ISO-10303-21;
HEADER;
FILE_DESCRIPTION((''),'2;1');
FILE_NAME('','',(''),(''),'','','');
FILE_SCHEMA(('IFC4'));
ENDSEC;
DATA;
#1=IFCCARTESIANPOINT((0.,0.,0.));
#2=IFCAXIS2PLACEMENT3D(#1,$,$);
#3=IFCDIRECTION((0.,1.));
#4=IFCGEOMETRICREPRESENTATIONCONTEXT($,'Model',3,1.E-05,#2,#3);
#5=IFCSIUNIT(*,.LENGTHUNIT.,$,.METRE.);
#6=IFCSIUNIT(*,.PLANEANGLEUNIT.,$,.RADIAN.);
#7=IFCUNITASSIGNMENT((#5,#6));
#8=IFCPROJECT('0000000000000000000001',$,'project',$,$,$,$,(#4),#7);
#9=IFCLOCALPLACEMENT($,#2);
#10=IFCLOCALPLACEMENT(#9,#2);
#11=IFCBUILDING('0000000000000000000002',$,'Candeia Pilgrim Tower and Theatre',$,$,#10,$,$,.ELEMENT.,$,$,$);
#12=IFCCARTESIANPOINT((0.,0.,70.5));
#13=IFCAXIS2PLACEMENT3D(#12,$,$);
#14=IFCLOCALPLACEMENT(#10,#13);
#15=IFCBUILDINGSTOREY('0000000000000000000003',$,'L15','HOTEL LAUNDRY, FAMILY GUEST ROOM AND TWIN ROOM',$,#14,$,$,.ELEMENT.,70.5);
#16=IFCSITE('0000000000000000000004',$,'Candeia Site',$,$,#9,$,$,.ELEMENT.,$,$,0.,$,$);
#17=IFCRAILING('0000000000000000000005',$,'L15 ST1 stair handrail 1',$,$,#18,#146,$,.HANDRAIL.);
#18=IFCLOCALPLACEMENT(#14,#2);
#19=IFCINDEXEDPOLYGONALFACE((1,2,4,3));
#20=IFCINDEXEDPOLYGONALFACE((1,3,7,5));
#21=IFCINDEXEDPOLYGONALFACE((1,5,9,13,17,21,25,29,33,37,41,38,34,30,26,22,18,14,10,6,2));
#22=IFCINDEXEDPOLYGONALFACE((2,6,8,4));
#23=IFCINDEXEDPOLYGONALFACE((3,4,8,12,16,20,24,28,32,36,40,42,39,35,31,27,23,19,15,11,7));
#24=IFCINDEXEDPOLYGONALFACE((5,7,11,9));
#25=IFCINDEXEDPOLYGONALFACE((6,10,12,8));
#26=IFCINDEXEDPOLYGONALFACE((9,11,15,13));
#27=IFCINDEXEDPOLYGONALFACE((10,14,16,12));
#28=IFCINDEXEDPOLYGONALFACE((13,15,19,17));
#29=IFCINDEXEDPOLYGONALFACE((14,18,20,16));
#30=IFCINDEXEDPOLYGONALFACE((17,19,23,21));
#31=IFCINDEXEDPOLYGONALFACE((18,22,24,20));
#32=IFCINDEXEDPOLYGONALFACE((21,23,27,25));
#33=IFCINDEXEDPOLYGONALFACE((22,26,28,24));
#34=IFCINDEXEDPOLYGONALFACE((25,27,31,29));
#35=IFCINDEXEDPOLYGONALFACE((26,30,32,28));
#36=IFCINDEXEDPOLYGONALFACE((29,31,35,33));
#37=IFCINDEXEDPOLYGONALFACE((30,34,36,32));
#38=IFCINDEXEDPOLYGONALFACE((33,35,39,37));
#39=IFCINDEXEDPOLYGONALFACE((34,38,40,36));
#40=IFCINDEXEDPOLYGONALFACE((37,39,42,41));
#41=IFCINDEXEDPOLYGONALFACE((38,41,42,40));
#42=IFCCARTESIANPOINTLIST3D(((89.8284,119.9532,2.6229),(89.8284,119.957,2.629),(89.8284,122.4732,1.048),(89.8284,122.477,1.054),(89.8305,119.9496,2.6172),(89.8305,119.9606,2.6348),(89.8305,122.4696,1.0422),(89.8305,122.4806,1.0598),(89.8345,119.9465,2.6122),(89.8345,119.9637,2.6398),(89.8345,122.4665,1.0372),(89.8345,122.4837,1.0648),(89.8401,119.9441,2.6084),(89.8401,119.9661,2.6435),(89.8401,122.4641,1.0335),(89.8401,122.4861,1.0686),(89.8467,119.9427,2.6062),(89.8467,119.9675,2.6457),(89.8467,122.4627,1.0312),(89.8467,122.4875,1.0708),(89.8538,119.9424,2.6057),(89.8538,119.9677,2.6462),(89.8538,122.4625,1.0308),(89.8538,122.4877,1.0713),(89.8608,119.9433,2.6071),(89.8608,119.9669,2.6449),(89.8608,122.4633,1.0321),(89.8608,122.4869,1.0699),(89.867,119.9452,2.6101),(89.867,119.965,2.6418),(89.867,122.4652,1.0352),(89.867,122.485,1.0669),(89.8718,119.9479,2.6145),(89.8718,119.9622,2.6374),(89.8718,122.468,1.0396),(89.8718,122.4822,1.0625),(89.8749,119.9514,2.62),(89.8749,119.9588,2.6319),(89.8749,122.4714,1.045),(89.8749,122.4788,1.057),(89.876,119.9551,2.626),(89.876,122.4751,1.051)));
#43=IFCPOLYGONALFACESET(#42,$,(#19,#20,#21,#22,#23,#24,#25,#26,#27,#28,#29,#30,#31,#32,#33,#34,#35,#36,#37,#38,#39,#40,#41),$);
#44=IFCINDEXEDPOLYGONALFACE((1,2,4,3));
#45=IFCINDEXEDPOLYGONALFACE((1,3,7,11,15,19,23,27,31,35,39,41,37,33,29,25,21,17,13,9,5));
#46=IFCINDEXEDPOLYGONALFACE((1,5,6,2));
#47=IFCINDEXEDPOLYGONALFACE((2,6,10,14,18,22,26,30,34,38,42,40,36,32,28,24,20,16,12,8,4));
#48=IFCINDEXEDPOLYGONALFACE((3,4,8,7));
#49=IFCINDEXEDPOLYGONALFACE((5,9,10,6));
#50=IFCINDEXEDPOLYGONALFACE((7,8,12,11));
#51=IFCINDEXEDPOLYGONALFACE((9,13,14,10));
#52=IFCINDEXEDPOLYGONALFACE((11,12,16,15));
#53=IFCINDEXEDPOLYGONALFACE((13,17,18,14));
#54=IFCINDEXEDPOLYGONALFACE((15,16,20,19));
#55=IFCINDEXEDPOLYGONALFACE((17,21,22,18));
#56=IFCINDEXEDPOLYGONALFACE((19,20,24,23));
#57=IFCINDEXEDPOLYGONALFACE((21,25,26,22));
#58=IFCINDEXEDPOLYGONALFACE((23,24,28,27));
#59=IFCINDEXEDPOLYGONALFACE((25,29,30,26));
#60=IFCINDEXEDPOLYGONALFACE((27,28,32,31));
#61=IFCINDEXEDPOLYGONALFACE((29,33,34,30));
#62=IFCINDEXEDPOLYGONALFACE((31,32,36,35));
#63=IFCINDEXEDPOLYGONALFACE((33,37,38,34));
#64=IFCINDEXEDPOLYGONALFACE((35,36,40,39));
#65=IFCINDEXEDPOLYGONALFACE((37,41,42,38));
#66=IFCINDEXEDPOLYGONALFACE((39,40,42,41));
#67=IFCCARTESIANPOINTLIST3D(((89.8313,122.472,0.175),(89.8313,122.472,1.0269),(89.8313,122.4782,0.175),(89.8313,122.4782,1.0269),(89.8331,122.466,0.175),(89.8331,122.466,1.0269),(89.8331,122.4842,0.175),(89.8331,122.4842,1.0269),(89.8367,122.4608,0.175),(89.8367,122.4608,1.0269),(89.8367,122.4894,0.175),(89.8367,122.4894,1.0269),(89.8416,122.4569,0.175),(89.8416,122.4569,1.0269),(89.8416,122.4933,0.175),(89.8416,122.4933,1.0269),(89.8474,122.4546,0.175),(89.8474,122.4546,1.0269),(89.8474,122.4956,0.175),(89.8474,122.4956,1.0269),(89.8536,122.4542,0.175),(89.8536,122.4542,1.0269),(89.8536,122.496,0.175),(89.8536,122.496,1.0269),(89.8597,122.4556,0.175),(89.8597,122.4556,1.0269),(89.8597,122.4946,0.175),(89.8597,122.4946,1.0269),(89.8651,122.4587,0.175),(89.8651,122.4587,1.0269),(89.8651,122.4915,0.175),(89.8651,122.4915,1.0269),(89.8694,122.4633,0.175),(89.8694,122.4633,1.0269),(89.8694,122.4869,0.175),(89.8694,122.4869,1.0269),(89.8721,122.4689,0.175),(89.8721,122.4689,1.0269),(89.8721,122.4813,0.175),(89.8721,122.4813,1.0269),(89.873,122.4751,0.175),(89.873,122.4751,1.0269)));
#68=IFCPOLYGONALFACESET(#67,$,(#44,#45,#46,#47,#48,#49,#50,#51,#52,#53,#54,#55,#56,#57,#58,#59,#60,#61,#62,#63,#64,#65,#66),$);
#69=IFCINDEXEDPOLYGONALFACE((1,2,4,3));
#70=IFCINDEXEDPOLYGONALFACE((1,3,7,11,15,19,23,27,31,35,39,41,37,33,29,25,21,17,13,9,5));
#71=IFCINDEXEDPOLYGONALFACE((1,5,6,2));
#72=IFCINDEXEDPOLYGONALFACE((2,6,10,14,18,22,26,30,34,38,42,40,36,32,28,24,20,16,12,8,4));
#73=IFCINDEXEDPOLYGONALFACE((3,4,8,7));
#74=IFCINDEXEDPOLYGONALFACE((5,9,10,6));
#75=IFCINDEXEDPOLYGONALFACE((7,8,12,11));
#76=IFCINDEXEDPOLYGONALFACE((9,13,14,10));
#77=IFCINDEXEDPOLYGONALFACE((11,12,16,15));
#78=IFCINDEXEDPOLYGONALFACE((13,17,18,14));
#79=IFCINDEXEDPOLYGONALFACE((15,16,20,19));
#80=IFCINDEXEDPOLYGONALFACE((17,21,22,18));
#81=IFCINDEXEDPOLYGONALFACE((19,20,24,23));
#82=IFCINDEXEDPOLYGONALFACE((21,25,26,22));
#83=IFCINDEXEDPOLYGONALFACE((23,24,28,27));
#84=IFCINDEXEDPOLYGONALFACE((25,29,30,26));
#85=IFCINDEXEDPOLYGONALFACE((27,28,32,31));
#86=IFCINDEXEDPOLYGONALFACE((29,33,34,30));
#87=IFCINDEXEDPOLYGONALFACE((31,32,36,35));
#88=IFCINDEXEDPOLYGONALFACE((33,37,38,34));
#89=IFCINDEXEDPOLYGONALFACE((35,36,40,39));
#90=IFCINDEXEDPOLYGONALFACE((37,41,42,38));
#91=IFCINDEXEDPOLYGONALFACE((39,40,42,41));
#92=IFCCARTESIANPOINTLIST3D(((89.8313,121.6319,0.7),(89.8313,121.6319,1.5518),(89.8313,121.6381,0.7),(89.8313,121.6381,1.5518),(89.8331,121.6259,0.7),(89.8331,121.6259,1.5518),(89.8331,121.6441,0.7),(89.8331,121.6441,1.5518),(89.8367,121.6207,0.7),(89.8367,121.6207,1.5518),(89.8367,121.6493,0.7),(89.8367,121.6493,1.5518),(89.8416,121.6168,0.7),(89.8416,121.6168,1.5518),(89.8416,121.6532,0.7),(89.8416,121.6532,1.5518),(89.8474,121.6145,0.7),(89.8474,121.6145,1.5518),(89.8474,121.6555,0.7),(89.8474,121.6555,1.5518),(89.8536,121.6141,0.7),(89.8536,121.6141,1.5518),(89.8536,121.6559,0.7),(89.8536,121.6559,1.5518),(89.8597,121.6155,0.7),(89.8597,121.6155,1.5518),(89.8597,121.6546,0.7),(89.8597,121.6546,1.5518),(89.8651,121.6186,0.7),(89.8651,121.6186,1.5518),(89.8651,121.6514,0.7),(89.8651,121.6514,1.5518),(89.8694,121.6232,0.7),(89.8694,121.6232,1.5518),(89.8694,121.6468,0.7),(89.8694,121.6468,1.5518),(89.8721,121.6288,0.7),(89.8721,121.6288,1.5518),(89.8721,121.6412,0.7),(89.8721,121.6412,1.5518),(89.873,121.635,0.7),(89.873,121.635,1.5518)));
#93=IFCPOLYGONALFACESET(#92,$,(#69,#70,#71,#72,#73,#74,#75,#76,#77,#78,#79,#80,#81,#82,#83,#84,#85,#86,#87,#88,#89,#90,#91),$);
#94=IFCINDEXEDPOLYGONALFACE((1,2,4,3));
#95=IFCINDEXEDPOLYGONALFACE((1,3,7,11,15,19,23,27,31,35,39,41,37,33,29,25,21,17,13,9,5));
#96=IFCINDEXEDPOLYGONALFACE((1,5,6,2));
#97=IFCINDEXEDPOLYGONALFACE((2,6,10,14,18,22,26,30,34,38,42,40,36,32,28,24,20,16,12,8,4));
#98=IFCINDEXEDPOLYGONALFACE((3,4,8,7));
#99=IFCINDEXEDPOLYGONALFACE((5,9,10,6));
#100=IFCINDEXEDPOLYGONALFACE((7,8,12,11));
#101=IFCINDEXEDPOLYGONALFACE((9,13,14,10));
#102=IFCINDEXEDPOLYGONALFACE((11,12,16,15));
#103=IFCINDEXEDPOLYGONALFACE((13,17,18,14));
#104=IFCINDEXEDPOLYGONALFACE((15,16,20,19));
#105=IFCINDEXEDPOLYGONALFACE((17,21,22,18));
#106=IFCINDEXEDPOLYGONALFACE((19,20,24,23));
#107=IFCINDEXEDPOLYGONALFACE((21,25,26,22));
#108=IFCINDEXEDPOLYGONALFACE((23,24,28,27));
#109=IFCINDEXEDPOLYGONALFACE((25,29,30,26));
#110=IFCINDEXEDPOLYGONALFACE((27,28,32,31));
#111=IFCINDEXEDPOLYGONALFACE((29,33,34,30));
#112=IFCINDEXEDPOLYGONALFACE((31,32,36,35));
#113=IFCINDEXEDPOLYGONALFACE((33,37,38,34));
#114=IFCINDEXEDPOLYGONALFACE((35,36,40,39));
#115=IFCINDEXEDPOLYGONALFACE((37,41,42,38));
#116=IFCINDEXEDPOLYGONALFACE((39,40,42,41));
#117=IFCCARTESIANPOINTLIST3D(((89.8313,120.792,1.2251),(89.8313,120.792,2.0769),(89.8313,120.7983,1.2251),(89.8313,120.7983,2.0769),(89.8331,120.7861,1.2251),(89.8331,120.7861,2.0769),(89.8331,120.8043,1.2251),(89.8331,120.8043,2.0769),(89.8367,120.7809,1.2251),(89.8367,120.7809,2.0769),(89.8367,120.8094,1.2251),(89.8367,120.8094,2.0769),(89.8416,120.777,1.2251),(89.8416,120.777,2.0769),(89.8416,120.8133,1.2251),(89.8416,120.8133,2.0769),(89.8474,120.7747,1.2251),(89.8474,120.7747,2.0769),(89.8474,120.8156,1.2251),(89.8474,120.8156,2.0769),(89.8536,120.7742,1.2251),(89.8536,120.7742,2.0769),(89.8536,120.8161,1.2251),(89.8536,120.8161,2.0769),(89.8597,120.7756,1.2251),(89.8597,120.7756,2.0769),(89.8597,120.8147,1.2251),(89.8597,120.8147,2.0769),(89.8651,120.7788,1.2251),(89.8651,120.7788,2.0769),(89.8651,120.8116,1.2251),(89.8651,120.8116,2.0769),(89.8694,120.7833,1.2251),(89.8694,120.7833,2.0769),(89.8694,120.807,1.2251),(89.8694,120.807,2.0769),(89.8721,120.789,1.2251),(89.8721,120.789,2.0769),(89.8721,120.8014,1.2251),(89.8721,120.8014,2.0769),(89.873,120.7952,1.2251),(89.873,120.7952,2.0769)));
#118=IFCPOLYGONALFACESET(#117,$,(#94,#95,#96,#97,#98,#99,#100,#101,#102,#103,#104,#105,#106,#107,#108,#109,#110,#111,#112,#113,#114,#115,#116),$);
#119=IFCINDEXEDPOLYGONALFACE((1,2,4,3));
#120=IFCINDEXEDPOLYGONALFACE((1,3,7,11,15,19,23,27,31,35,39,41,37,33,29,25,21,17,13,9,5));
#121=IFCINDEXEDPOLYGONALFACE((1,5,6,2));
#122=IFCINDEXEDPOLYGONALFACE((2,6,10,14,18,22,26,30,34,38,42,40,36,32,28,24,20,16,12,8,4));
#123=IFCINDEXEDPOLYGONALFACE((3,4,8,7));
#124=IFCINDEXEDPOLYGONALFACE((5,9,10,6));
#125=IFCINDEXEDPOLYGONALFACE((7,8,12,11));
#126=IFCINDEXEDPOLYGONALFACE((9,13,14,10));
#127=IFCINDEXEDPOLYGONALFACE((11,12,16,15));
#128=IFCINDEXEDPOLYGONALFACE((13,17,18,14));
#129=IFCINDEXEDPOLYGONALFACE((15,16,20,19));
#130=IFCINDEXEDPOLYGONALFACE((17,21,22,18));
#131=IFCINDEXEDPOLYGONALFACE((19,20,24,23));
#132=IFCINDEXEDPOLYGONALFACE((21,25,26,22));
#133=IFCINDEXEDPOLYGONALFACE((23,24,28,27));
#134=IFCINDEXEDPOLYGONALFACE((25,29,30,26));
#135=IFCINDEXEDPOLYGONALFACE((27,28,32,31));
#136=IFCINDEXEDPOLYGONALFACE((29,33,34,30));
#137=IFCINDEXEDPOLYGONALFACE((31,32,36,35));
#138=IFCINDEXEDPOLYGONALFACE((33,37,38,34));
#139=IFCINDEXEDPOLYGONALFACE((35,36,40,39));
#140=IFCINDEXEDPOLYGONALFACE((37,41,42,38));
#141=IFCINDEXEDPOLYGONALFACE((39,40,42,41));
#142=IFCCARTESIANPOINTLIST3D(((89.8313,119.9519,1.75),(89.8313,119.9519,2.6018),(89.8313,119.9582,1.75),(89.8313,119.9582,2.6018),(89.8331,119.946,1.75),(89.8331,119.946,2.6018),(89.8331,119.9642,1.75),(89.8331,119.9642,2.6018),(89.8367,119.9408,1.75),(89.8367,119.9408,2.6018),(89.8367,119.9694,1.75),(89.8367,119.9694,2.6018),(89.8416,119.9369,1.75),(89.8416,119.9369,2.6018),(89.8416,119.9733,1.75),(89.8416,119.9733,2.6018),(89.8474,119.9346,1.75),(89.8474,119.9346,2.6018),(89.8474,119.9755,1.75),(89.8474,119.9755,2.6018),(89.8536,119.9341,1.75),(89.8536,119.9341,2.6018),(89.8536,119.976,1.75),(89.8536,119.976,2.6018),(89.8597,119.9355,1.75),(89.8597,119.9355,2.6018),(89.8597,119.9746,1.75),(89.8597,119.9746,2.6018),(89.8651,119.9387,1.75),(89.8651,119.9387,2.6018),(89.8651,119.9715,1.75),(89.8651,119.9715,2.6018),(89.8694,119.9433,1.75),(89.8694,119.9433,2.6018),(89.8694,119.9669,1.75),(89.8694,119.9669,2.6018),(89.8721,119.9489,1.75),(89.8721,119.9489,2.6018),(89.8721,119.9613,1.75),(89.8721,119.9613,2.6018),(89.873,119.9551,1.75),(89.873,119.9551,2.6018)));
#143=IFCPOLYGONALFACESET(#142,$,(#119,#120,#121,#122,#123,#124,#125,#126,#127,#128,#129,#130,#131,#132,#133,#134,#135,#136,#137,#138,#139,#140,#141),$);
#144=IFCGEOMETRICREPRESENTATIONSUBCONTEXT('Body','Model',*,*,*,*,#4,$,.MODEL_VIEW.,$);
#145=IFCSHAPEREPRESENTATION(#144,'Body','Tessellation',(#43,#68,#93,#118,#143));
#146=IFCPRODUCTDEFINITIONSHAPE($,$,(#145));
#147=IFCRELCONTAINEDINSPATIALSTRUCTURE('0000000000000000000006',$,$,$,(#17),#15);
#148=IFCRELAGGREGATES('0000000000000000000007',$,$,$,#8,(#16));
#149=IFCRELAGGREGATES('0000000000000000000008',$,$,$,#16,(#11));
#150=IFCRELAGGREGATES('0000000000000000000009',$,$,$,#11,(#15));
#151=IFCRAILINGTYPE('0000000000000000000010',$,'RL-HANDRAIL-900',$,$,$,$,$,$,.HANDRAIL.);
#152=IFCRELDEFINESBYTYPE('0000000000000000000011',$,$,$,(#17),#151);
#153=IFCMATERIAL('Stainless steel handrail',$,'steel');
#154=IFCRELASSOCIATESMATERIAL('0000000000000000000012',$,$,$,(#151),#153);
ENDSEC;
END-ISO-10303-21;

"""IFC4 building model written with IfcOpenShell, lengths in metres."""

from ifc_helpers import new_model, si_unit, direction, frame, origin, origin_2d, place, context, subcontext, project, spatial, circle, extrude, material, type_object, element, save


model = new_model("IFC4")

# Units and contexts
model_context = context("Model", 3, precision=1e-05, world=origin(), true_north=direction((0.0, 1.0)))
body_context = subcontext(model_context, "Body", "Model", "MODEL_VIEW")
ifc_project = project(units=[si_unit("LENGTHUNIT", "METRE"), si_unit("PLANEANGLEUNIT", "RADIAN")], contexts=[model_context])

# Site, building, storey
site_placement = place(None, origin())
site = spatial("IfcSite", under=ifc_project, at=site_placement, Name="Candeia Site", CompositionType="ELEMENT", RefElevation=0.0)
building_placement = place(site_placement, origin())
building = spatial("IfcBuilding", under=site, at=building_placement, Name="Candeia Pilgrim Tower and Theatre", CompositionType="ELEMENT")
storey_placement = place(building_placement, frame((0.0, 0.0, 70.5)))
storey = spatial("IfcBuildingStorey", under=building, at=storey_placement, Name="L15", Description="HOTEL LAUNDRY, FAMILY GUEST ROOM AND TWIN ROOM", CompositionType="ELEMENT", Elevation=70.5)

# Railing
ifc_material_1 = material(Name="Stainless steel handrail", Category="steel")
railing_type_1 = type_object("IfcRailingType", Name="RL-HANDRAIL-900", PredefinedType="HANDRAIL", material=ifc_material_1)
for number, where, name in (
    (1, (89.8521, 122.4751, 0.175), "L15 ST1 stair handrail 1"),
):
    element("IfcRailing", number, at=place(storey_placement, frame(where)), inside=storey, type_object=railing_type_1, Name=name, PredefinedType="HANDRAIL", context=body_context, shape_type="SweptSolid", body=[
        extrude(circle(Radius=0.0239, at=origin_2d()), frame((0.0, 0.0, 0.876), z_axis=(0.0, -0.848008, 0.529984), x_axis=(1.0, 0.0, 0.0)), (0.0, 0.0, 1.0), 2.9717),
        extrude(circle(Radius=0.021, at=origin_2d()), origin(), (0.0, 0.0, 1.0), 0.8518),
        extrude(circle(Radius=0.021, at=origin_2d()), frame((0.0, -0.8401, 0.5249)), (0.0, 0.0, 1.0), 0.8518),
        extrude(circle(Radius=0.021, at=origin_2d()), frame((0.0, -1.6799, 1.05)), (0.0, 0.0, 1.0), 0.8518),
        extrude(circle(Radius=0.021, at=origin_2d()), frame((0.0, -2.52, 1.575)), (0.0, 0.0, 1.0), 0.8518),
    ])

save(model, "model.ifc")
